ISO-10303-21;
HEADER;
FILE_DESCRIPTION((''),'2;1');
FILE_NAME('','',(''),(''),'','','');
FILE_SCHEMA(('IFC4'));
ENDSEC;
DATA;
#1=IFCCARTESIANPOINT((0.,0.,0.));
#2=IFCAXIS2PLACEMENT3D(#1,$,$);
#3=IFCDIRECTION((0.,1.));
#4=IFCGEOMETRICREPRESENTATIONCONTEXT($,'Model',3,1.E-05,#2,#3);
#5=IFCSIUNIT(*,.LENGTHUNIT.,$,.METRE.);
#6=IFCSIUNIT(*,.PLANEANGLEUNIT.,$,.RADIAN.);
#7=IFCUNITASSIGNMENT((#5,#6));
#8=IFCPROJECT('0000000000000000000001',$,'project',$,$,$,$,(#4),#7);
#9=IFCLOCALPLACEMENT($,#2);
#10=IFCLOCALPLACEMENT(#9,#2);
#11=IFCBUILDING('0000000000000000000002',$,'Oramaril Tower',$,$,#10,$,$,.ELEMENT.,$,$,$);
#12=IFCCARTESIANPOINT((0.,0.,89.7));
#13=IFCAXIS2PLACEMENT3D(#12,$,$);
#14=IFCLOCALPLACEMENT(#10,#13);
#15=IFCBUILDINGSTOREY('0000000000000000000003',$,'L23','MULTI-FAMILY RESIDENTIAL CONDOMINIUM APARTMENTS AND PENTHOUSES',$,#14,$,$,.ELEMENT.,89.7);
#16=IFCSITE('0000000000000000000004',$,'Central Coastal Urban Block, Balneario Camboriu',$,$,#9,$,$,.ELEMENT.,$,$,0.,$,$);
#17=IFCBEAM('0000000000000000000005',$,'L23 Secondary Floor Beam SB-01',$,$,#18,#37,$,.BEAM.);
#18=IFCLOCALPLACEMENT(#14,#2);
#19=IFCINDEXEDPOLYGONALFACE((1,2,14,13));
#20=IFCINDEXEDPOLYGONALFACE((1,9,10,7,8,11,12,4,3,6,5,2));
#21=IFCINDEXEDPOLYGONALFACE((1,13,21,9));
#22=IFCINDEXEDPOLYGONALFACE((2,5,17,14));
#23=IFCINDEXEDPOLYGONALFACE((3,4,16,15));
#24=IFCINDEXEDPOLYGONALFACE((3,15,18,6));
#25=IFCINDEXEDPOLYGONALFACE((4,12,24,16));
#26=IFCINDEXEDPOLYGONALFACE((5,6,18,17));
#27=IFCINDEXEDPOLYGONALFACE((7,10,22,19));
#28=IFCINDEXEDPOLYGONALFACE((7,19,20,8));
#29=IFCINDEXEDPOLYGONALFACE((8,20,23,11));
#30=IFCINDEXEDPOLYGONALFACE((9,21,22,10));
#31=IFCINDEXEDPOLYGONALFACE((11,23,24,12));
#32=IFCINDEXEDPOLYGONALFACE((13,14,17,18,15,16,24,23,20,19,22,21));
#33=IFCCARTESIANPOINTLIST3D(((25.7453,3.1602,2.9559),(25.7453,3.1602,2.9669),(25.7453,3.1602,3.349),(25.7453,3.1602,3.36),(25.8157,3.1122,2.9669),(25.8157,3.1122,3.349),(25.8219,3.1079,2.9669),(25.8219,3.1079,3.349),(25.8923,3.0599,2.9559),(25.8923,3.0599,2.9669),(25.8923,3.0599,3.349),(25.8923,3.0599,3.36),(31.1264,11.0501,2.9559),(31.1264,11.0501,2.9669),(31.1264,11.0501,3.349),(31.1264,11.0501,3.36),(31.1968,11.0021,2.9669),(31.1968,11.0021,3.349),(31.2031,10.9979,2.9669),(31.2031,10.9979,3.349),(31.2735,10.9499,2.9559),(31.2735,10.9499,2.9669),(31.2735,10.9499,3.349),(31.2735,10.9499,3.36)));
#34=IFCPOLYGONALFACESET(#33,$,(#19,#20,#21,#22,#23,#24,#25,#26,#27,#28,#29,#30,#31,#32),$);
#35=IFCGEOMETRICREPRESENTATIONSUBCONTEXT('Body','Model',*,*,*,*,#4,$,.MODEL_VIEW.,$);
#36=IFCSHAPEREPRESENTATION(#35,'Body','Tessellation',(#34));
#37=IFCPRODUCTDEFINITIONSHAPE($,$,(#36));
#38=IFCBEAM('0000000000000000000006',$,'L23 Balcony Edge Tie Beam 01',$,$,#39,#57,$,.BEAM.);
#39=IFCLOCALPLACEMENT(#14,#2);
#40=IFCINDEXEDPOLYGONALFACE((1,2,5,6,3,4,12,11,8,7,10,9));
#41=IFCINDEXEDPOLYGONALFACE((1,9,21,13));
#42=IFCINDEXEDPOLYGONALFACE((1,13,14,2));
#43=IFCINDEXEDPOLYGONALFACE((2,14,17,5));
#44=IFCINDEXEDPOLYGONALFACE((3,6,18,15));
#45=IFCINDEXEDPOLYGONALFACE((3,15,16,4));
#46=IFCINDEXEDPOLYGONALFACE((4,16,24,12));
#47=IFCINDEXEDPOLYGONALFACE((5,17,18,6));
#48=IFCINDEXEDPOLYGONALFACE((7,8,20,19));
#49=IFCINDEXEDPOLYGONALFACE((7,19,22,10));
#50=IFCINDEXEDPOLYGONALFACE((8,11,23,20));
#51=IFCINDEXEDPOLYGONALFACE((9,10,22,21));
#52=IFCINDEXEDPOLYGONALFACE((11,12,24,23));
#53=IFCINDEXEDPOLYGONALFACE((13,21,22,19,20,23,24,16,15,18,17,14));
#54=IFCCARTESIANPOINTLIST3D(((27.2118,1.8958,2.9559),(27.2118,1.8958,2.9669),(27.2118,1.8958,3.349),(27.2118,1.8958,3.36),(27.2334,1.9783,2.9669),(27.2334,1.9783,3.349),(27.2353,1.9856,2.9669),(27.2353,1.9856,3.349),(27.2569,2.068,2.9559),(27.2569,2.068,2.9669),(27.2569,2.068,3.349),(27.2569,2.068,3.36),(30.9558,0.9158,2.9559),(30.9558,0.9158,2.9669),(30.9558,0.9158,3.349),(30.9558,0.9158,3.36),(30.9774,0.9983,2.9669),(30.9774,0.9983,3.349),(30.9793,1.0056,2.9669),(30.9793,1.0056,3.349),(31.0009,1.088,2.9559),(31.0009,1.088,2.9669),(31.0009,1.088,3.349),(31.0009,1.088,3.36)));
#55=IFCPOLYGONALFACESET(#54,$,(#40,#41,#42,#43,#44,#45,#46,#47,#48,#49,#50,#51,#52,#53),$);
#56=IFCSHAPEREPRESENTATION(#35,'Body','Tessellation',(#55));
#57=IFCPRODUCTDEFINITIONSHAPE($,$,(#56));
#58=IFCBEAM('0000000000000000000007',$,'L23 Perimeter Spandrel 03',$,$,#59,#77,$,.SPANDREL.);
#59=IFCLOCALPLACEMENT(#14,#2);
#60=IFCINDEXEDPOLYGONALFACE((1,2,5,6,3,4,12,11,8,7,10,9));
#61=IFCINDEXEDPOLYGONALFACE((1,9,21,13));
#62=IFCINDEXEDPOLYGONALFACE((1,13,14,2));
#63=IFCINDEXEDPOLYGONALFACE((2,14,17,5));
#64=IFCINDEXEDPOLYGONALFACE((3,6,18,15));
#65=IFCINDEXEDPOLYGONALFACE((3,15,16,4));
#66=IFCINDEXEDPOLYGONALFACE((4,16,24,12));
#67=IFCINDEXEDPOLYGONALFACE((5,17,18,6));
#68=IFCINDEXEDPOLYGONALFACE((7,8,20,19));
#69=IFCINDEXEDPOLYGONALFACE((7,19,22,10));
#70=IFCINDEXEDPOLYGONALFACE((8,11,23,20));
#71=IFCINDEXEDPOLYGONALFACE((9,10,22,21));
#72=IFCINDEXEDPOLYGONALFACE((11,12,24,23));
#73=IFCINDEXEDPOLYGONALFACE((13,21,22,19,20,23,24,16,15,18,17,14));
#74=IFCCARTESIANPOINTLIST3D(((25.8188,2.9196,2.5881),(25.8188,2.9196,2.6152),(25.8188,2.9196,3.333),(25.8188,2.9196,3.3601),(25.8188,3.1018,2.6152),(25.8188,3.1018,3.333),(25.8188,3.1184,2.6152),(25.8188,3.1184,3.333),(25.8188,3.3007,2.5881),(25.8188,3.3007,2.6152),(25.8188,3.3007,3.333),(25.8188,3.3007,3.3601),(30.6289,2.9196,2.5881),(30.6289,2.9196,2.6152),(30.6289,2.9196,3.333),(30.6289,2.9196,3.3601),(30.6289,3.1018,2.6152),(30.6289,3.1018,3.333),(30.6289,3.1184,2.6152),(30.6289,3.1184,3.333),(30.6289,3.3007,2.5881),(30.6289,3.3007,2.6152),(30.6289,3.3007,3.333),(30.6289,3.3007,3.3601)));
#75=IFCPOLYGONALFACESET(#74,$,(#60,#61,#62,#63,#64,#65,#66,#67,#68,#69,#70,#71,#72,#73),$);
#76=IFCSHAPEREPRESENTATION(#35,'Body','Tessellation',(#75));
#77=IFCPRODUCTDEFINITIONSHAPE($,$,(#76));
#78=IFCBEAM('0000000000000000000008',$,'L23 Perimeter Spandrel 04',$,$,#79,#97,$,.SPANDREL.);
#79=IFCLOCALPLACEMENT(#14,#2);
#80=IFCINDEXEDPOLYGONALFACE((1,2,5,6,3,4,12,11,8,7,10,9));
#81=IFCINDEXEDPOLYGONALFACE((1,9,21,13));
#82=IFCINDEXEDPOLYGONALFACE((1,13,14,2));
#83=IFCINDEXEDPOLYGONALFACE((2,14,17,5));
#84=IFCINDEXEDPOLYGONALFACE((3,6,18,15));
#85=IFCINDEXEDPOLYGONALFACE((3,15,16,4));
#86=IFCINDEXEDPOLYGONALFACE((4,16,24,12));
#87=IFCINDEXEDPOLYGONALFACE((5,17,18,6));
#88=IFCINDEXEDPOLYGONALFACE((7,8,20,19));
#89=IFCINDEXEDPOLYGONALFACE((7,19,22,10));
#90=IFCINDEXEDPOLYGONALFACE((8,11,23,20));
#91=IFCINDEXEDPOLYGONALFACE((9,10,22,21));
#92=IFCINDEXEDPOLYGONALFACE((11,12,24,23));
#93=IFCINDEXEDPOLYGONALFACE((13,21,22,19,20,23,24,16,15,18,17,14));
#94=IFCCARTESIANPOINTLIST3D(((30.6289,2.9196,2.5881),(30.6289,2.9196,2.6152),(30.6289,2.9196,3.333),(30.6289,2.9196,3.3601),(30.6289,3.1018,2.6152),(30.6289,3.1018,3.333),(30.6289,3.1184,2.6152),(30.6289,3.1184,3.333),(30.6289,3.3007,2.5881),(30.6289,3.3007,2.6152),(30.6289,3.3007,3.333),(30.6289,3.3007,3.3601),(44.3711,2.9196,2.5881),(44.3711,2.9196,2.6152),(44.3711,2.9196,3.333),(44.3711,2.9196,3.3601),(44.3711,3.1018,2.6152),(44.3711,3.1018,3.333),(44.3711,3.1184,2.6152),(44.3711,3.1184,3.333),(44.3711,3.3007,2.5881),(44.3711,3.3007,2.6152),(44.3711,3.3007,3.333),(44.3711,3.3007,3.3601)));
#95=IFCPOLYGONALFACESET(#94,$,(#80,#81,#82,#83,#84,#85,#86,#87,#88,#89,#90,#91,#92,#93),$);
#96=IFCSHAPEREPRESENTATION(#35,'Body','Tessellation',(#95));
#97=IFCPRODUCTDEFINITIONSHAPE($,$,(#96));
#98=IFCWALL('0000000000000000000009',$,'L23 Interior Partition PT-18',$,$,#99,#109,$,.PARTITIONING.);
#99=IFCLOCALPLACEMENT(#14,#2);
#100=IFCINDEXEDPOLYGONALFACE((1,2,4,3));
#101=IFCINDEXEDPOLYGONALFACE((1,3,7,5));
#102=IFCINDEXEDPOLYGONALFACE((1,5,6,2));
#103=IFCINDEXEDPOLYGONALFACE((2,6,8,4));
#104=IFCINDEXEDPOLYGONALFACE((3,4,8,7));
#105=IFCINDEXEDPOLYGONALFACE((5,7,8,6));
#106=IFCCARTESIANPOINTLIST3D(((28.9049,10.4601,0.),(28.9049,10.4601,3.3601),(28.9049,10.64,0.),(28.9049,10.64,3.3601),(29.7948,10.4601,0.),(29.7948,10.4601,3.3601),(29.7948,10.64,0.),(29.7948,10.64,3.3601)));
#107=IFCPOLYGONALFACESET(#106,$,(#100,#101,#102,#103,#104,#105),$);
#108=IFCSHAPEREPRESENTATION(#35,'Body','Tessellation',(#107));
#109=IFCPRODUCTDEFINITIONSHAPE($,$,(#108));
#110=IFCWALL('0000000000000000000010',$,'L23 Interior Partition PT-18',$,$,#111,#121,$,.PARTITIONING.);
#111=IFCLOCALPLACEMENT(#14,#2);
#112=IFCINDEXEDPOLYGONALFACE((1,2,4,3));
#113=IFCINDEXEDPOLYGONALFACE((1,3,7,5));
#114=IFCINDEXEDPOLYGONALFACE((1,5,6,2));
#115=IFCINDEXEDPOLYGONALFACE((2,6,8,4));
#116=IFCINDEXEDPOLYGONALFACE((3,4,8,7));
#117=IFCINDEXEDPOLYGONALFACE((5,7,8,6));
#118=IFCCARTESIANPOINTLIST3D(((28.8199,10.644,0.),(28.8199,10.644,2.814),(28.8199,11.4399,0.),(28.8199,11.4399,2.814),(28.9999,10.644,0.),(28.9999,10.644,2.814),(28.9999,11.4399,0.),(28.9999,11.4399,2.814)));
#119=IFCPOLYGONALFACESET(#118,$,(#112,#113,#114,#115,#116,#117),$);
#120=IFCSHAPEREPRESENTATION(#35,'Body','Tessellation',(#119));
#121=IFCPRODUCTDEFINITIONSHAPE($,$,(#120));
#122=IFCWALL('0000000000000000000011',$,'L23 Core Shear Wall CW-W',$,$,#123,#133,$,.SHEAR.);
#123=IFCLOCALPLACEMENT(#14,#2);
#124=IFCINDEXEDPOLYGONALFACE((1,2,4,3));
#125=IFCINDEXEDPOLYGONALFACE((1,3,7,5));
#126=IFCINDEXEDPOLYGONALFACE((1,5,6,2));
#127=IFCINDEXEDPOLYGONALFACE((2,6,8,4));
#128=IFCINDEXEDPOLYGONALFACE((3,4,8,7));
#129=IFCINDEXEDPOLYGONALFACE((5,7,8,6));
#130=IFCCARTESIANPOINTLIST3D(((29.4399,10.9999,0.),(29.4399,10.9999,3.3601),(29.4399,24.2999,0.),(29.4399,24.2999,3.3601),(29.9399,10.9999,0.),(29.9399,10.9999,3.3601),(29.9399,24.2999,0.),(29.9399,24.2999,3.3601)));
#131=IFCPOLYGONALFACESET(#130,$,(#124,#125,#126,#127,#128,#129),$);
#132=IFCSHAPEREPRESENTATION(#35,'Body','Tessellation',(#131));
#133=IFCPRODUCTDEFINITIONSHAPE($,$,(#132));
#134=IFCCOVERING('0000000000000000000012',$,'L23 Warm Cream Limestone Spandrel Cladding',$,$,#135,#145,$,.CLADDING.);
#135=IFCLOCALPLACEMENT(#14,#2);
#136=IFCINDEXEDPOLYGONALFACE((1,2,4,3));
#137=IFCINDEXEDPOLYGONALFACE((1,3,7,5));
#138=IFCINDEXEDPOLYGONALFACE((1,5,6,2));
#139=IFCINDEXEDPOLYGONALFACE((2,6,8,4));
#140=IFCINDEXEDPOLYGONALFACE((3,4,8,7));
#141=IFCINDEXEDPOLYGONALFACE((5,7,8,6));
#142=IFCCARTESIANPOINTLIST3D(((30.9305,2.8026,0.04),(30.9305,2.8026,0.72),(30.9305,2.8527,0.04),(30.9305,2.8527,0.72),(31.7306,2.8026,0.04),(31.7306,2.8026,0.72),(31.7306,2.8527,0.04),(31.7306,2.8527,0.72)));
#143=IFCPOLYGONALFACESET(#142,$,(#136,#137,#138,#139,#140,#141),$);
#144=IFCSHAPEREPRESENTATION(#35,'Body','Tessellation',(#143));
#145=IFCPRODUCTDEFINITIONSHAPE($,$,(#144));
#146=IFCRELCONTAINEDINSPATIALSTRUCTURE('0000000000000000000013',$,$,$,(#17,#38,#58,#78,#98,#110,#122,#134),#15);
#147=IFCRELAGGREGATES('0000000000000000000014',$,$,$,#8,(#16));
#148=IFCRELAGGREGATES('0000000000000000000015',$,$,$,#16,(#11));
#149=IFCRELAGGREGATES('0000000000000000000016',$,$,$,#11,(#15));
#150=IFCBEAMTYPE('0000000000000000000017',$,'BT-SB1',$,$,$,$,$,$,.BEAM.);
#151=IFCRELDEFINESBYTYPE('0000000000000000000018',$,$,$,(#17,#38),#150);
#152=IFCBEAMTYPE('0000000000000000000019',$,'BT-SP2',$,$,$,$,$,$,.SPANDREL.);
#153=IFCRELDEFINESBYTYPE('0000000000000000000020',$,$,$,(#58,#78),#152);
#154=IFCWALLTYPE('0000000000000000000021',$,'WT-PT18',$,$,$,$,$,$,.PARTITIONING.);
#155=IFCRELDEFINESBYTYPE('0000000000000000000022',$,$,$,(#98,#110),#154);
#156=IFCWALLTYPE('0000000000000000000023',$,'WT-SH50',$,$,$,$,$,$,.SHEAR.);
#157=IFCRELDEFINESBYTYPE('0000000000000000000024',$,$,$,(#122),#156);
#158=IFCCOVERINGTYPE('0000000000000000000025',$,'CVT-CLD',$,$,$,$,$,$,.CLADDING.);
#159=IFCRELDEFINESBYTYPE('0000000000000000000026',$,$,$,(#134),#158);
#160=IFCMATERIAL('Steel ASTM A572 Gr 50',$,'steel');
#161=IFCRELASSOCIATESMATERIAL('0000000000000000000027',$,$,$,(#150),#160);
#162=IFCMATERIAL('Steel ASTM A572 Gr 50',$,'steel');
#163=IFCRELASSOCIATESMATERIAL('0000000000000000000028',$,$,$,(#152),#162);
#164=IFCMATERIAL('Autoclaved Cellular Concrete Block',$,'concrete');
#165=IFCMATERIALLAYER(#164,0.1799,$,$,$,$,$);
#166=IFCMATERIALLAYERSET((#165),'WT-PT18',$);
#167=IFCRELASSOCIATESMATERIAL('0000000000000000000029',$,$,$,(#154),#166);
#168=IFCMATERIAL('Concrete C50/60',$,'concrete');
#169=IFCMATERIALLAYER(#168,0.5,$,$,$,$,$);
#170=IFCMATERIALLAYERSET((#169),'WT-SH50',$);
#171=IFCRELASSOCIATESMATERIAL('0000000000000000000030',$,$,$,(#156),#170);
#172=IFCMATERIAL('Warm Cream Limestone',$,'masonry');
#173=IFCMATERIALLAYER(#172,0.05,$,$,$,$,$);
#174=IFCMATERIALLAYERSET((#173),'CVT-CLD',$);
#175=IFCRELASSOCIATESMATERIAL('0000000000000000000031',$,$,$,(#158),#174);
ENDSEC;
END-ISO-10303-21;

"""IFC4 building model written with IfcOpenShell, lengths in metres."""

from ifc_helpers import new_model, si_unit, direction, frame, frame_2d, origin, origin_2d, place, context, subcontext, project, spatial, rectangle, i_section, extrude, material, layer, layer_set, material_profile, profile_set, type_object, element, save


model = new_model("IFC4")

# Units and contexts
model_context = context("Model", 3, precision=1e-05, world=origin(), true_north=direction((0.0, 1.0)))
body_context = subcontext(model_context, "Body", "Model", "MODEL_VIEW")
ifc_project = project(units=[si_unit("LENGTHUNIT", "METRE"), si_unit("PLANEANGLEUNIT", "RADIAN")], contexts=[model_context])

# Site, building, storey
site_placement = place(None, origin())
site = spatial("IfcSite", under=ifc_project, at=site_placement, Name="Central Coastal Urban Block, Balneario Camboriu", CompositionType="ELEMENT", RefElevation=0.0)
building_placement = place(site_placement, origin())
building = spatial("IfcBuilding", under=site, at=building_placement, Name="Oramaril Tower", CompositionType="ELEMENT")
storey_placement = place(building_placement, frame((0.0, 0.0, 89.7)))
storey = spatial("IfcBuildingStorey", under=building, at=storey_placement, Name="L23", Description="MULTI-FAMILY RESIDENTIAL CONDOMINIUM APARTMENTS AND PENTHOUSES", CompositionType="ELEMENT", Elevation=89.7)

# Beams
ifc_material_1 = material(Name="Steel ASTM A572 Gr 50", Category="steel")
ifc_material_profile_1 = material_profile(ifc_material_1, i_section(OverallWidth=0.178, OverallDepth=0.4041, WebThickness=0.0076, FlangeThickness=0.011, at=origin_2d()), Name="W16X36")
ifc_profile_set_1 = profile_set([ifc_material_profile_1], Name="Steel ASTM A572 Gr 50")
beam_type_1 = type_object("IfcBeamType", Name="BT-SB1", PredefinedType="BEAM", material=ifc_profile_set_1)
beam_1_placement = place(storey_placement, frame((31.2, 11.0, 3.158), z_axis=(-0.563453, -0.826148, 0.0), x_axis=(0.826148, -0.563453, 0.0)))
element("IfcBeam", 1, at=beam_1_placement, inside=storey, type_object=beam_type_1, Name="L23 Secondary Floor Beam SB-01", PredefinedType="BEAM", context=body_context, shape_type="SweptSolid", body=[
    extrude(i_section(OverallWidth=0.178, OverallDepth=0.4041, WebThickness=0.0076, FlangeThickness=0.011, at=origin_2d()), origin(), (0.0, 0.0, 1.0), 9.5503),
])
beam_2_placement = place(storey_placement, frame((27.2344, 1.9819, 3.158), z_axis=(0.967408, -0.253223, 0.0), x_axis=(0.253223, 0.967408, 0.0)))
element("IfcBeam", 2, at=beam_2_placement, inside=storey, type_object=beam_type_1, Name="L23 Balcony Edge Tie Beam 01", PredefinedType="BEAM", context=body_context, shape_type="SweptSolid", body=[
    extrude(i_section(OverallWidth=0.178, OverallDepth=0.4041, WebThickness=0.0076, FlangeThickness=0.011, at=origin_2d()), origin(), (0.0, 0.0, 1.0), 3.8701),
])
ifc_material_2 = material(Name="Steel ASTM A572 Gr 50", Category="steel")
ifc_material_profile_2 = material_profile(ifc_material_2, i_section(OverallWidth=0.3811, OverallDepth=0.772, WebThickness=0.0166, FlangeThickness=0.0271, at=origin_2d()), Name="W30X173")
ifc_profile_set_2 = profile_set([ifc_material_profile_2], Name="Steel ASTM A572 Gr 50")
beam_type_2 = type_object("IfcBeamType", Name="BT-SP2", PredefinedType="SPANDREL", material=ifc_profile_set_2)
beam_3_placement = place(storey_placement, frame((25.8188, 3.1101, 2.9741), z_axis=(1.0, 0.0, 0.0), x_axis=(0.0, 1.0, 0.0)))
element("IfcBeam", 3, at=beam_3_placement, inside=storey, type_object=beam_type_2, Name="L23 Perimeter Spandrel 03", PredefinedType="SPANDREL", context=body_context, shape_type="SweptSolid", body=[
    extrude(i_section(OverallWidth=0.3811, OverallDepth=0.772, WebThickness=0.0166, FlangeThickness=0.0271, at=origin_2d()), origin(), (0.0, 0.0, 1.0), 4.8101),
])
beam_4_placement = place(storey_placement, frame((30.6289, 3.1101, 2.9741), z_axis=(1.0, 0.0, 0.0), x_axis=(0.0, 1.0, 0.0)))
element("IfcBeam", 4, at=beam_4_placement, inside=storey, type_object=beam_type_2, Name="L23 Perimeter Spandrel 04", PredefinedType="SPANDREL", context=body_context, shape_type="SweptSolid", body=[
    extrude(i_section(OverallWidth=0.3811, OverallDepth=0.772, WebThickness=0.0166, FlangeThickness=0.0271, at=origin_2d()), origin(), (0.0, 0.0, 1.0), 13.7422),
])

# Walls
ifc_material_3 = material(Name="Autoclaved Cellular Concrete Block", Category="concrete")
ifc_layer_1 = layer(ifc_material_3, 0.1799)
ifc_layer_set_1 = layer_set([ifc_layer_1], Name="WT-PT18")
wall_type_1 = type_object("IfcWallType", Name="WT-PT18", PredefinedType="PARTITIONING", material=ifc_layer_set_1)
wall_1_placement = place(storey_placement, frame((28.905, 10.55, 0.0), z_axis=(0.0, 0.0, 1.0), x_axis=(1.0, 0.0, 0.0)))
element("IfcWall", 5, at=wall_1_placement, inside=storey, type_object=wall_type_1, Name="L23 Interior Partition PT-18", PredefinedType="PARTITIONING", context=body_context, shape_type="SweptSolid", body=[
    extrude(rectangle(XDim=0.8899, YDim=0.1799, at=frame_2d((0.4448, 0.0))), origin(), (0.0, 0.0, 1.0), 3.3601),
])
wall_2_placement = place(storey_placement, frame((28.9099, 10.644, 0.0), z_axis=(0.0, 0.0, 1.0), x_axis=(0.0, 1.0, 0.0)))
element("IfcWall", 6, at=wall_2_placement, inside=storey, type_object=wall_type_1, Name="L23 Interior Partition PT-18", PredefinedType="PARTITIONING", context=body_context, shape_type="SweptSolid", body=[
    extrude(rectangle(XDim=0.7959, YDim=0.1799, at=frame_2d((0.3979, 0.0))), origin(), (0.0, 0.0, 1.0), 2.814),
])
ifc_material_4 = material(Name="Concrete C50/60", Category="concrete")
ifc_layer_2 = layer(ifc_material_4, 0.5)
ifc_layer_set_2 = layer_set([ifc_layer_2], Name="WT-SH50")
wall_type_2 = type_object("IfcWallType", Name="WT-SH50", PredefinedType="SHEAR", material=ifc_layer_set_2)
wall_3_placement = place(storey_placement, frame((29.6899, 11.0, 0.0), z_axis=(0.0, 0.0, 1.0), x_axis=(0.0, 1.0, 0.0)))
element("IfcWall", 7, at=wall_3_placement, inside=storey, type_object=wall_type_2, Name="L23 Core Shear Wall CW-W", PredefinedType="SHEAR", context=body_context, shape_type="SweptSolid", body=[
    extrude(rectangle(XDim=13.3, YDim=0.5, at=frame_2d((6.6499, 0.0))), origin(), (0.0, 0.0, 1.0), 3.3601),
])

# Covering
ifc_material_5 = material(Name="Warm Cream Limestone", Category="masonry")
ifc_layer_3 = layer(ifc_material_5, 0.05)
ifc_layer_set_3 = layer_set([ifc_layer_3], Name="CVT-CLD")
covering_type = type_object("IfcCoveringType", Name="CVT-CLD", PredefinedType="CLADDING", material=ifc_layer_set_3)
covering_placement = place(storey_placement, frame((31.3306, 2.8276, 0.04), z_axis=(0.0, 0.0, 1.0), x_axis=(1.0, 0.0, 0.0)))
element("IfcCovering", 8, at=covering_placement, inside=storey, type_object=covering_type, Name="L23 Warm Cream Limestone Spandrel Cladding", PredefinedType="CLADDING", context=body_context, shape_type="SweptSolid", body=[
    extrude(rectangle(XDim=0.8, YDim=0.05, at=origin_2d()), origin(), (0.0, 0.0, 1.0), 0.6799),
])

save(model, "model.ifc")
